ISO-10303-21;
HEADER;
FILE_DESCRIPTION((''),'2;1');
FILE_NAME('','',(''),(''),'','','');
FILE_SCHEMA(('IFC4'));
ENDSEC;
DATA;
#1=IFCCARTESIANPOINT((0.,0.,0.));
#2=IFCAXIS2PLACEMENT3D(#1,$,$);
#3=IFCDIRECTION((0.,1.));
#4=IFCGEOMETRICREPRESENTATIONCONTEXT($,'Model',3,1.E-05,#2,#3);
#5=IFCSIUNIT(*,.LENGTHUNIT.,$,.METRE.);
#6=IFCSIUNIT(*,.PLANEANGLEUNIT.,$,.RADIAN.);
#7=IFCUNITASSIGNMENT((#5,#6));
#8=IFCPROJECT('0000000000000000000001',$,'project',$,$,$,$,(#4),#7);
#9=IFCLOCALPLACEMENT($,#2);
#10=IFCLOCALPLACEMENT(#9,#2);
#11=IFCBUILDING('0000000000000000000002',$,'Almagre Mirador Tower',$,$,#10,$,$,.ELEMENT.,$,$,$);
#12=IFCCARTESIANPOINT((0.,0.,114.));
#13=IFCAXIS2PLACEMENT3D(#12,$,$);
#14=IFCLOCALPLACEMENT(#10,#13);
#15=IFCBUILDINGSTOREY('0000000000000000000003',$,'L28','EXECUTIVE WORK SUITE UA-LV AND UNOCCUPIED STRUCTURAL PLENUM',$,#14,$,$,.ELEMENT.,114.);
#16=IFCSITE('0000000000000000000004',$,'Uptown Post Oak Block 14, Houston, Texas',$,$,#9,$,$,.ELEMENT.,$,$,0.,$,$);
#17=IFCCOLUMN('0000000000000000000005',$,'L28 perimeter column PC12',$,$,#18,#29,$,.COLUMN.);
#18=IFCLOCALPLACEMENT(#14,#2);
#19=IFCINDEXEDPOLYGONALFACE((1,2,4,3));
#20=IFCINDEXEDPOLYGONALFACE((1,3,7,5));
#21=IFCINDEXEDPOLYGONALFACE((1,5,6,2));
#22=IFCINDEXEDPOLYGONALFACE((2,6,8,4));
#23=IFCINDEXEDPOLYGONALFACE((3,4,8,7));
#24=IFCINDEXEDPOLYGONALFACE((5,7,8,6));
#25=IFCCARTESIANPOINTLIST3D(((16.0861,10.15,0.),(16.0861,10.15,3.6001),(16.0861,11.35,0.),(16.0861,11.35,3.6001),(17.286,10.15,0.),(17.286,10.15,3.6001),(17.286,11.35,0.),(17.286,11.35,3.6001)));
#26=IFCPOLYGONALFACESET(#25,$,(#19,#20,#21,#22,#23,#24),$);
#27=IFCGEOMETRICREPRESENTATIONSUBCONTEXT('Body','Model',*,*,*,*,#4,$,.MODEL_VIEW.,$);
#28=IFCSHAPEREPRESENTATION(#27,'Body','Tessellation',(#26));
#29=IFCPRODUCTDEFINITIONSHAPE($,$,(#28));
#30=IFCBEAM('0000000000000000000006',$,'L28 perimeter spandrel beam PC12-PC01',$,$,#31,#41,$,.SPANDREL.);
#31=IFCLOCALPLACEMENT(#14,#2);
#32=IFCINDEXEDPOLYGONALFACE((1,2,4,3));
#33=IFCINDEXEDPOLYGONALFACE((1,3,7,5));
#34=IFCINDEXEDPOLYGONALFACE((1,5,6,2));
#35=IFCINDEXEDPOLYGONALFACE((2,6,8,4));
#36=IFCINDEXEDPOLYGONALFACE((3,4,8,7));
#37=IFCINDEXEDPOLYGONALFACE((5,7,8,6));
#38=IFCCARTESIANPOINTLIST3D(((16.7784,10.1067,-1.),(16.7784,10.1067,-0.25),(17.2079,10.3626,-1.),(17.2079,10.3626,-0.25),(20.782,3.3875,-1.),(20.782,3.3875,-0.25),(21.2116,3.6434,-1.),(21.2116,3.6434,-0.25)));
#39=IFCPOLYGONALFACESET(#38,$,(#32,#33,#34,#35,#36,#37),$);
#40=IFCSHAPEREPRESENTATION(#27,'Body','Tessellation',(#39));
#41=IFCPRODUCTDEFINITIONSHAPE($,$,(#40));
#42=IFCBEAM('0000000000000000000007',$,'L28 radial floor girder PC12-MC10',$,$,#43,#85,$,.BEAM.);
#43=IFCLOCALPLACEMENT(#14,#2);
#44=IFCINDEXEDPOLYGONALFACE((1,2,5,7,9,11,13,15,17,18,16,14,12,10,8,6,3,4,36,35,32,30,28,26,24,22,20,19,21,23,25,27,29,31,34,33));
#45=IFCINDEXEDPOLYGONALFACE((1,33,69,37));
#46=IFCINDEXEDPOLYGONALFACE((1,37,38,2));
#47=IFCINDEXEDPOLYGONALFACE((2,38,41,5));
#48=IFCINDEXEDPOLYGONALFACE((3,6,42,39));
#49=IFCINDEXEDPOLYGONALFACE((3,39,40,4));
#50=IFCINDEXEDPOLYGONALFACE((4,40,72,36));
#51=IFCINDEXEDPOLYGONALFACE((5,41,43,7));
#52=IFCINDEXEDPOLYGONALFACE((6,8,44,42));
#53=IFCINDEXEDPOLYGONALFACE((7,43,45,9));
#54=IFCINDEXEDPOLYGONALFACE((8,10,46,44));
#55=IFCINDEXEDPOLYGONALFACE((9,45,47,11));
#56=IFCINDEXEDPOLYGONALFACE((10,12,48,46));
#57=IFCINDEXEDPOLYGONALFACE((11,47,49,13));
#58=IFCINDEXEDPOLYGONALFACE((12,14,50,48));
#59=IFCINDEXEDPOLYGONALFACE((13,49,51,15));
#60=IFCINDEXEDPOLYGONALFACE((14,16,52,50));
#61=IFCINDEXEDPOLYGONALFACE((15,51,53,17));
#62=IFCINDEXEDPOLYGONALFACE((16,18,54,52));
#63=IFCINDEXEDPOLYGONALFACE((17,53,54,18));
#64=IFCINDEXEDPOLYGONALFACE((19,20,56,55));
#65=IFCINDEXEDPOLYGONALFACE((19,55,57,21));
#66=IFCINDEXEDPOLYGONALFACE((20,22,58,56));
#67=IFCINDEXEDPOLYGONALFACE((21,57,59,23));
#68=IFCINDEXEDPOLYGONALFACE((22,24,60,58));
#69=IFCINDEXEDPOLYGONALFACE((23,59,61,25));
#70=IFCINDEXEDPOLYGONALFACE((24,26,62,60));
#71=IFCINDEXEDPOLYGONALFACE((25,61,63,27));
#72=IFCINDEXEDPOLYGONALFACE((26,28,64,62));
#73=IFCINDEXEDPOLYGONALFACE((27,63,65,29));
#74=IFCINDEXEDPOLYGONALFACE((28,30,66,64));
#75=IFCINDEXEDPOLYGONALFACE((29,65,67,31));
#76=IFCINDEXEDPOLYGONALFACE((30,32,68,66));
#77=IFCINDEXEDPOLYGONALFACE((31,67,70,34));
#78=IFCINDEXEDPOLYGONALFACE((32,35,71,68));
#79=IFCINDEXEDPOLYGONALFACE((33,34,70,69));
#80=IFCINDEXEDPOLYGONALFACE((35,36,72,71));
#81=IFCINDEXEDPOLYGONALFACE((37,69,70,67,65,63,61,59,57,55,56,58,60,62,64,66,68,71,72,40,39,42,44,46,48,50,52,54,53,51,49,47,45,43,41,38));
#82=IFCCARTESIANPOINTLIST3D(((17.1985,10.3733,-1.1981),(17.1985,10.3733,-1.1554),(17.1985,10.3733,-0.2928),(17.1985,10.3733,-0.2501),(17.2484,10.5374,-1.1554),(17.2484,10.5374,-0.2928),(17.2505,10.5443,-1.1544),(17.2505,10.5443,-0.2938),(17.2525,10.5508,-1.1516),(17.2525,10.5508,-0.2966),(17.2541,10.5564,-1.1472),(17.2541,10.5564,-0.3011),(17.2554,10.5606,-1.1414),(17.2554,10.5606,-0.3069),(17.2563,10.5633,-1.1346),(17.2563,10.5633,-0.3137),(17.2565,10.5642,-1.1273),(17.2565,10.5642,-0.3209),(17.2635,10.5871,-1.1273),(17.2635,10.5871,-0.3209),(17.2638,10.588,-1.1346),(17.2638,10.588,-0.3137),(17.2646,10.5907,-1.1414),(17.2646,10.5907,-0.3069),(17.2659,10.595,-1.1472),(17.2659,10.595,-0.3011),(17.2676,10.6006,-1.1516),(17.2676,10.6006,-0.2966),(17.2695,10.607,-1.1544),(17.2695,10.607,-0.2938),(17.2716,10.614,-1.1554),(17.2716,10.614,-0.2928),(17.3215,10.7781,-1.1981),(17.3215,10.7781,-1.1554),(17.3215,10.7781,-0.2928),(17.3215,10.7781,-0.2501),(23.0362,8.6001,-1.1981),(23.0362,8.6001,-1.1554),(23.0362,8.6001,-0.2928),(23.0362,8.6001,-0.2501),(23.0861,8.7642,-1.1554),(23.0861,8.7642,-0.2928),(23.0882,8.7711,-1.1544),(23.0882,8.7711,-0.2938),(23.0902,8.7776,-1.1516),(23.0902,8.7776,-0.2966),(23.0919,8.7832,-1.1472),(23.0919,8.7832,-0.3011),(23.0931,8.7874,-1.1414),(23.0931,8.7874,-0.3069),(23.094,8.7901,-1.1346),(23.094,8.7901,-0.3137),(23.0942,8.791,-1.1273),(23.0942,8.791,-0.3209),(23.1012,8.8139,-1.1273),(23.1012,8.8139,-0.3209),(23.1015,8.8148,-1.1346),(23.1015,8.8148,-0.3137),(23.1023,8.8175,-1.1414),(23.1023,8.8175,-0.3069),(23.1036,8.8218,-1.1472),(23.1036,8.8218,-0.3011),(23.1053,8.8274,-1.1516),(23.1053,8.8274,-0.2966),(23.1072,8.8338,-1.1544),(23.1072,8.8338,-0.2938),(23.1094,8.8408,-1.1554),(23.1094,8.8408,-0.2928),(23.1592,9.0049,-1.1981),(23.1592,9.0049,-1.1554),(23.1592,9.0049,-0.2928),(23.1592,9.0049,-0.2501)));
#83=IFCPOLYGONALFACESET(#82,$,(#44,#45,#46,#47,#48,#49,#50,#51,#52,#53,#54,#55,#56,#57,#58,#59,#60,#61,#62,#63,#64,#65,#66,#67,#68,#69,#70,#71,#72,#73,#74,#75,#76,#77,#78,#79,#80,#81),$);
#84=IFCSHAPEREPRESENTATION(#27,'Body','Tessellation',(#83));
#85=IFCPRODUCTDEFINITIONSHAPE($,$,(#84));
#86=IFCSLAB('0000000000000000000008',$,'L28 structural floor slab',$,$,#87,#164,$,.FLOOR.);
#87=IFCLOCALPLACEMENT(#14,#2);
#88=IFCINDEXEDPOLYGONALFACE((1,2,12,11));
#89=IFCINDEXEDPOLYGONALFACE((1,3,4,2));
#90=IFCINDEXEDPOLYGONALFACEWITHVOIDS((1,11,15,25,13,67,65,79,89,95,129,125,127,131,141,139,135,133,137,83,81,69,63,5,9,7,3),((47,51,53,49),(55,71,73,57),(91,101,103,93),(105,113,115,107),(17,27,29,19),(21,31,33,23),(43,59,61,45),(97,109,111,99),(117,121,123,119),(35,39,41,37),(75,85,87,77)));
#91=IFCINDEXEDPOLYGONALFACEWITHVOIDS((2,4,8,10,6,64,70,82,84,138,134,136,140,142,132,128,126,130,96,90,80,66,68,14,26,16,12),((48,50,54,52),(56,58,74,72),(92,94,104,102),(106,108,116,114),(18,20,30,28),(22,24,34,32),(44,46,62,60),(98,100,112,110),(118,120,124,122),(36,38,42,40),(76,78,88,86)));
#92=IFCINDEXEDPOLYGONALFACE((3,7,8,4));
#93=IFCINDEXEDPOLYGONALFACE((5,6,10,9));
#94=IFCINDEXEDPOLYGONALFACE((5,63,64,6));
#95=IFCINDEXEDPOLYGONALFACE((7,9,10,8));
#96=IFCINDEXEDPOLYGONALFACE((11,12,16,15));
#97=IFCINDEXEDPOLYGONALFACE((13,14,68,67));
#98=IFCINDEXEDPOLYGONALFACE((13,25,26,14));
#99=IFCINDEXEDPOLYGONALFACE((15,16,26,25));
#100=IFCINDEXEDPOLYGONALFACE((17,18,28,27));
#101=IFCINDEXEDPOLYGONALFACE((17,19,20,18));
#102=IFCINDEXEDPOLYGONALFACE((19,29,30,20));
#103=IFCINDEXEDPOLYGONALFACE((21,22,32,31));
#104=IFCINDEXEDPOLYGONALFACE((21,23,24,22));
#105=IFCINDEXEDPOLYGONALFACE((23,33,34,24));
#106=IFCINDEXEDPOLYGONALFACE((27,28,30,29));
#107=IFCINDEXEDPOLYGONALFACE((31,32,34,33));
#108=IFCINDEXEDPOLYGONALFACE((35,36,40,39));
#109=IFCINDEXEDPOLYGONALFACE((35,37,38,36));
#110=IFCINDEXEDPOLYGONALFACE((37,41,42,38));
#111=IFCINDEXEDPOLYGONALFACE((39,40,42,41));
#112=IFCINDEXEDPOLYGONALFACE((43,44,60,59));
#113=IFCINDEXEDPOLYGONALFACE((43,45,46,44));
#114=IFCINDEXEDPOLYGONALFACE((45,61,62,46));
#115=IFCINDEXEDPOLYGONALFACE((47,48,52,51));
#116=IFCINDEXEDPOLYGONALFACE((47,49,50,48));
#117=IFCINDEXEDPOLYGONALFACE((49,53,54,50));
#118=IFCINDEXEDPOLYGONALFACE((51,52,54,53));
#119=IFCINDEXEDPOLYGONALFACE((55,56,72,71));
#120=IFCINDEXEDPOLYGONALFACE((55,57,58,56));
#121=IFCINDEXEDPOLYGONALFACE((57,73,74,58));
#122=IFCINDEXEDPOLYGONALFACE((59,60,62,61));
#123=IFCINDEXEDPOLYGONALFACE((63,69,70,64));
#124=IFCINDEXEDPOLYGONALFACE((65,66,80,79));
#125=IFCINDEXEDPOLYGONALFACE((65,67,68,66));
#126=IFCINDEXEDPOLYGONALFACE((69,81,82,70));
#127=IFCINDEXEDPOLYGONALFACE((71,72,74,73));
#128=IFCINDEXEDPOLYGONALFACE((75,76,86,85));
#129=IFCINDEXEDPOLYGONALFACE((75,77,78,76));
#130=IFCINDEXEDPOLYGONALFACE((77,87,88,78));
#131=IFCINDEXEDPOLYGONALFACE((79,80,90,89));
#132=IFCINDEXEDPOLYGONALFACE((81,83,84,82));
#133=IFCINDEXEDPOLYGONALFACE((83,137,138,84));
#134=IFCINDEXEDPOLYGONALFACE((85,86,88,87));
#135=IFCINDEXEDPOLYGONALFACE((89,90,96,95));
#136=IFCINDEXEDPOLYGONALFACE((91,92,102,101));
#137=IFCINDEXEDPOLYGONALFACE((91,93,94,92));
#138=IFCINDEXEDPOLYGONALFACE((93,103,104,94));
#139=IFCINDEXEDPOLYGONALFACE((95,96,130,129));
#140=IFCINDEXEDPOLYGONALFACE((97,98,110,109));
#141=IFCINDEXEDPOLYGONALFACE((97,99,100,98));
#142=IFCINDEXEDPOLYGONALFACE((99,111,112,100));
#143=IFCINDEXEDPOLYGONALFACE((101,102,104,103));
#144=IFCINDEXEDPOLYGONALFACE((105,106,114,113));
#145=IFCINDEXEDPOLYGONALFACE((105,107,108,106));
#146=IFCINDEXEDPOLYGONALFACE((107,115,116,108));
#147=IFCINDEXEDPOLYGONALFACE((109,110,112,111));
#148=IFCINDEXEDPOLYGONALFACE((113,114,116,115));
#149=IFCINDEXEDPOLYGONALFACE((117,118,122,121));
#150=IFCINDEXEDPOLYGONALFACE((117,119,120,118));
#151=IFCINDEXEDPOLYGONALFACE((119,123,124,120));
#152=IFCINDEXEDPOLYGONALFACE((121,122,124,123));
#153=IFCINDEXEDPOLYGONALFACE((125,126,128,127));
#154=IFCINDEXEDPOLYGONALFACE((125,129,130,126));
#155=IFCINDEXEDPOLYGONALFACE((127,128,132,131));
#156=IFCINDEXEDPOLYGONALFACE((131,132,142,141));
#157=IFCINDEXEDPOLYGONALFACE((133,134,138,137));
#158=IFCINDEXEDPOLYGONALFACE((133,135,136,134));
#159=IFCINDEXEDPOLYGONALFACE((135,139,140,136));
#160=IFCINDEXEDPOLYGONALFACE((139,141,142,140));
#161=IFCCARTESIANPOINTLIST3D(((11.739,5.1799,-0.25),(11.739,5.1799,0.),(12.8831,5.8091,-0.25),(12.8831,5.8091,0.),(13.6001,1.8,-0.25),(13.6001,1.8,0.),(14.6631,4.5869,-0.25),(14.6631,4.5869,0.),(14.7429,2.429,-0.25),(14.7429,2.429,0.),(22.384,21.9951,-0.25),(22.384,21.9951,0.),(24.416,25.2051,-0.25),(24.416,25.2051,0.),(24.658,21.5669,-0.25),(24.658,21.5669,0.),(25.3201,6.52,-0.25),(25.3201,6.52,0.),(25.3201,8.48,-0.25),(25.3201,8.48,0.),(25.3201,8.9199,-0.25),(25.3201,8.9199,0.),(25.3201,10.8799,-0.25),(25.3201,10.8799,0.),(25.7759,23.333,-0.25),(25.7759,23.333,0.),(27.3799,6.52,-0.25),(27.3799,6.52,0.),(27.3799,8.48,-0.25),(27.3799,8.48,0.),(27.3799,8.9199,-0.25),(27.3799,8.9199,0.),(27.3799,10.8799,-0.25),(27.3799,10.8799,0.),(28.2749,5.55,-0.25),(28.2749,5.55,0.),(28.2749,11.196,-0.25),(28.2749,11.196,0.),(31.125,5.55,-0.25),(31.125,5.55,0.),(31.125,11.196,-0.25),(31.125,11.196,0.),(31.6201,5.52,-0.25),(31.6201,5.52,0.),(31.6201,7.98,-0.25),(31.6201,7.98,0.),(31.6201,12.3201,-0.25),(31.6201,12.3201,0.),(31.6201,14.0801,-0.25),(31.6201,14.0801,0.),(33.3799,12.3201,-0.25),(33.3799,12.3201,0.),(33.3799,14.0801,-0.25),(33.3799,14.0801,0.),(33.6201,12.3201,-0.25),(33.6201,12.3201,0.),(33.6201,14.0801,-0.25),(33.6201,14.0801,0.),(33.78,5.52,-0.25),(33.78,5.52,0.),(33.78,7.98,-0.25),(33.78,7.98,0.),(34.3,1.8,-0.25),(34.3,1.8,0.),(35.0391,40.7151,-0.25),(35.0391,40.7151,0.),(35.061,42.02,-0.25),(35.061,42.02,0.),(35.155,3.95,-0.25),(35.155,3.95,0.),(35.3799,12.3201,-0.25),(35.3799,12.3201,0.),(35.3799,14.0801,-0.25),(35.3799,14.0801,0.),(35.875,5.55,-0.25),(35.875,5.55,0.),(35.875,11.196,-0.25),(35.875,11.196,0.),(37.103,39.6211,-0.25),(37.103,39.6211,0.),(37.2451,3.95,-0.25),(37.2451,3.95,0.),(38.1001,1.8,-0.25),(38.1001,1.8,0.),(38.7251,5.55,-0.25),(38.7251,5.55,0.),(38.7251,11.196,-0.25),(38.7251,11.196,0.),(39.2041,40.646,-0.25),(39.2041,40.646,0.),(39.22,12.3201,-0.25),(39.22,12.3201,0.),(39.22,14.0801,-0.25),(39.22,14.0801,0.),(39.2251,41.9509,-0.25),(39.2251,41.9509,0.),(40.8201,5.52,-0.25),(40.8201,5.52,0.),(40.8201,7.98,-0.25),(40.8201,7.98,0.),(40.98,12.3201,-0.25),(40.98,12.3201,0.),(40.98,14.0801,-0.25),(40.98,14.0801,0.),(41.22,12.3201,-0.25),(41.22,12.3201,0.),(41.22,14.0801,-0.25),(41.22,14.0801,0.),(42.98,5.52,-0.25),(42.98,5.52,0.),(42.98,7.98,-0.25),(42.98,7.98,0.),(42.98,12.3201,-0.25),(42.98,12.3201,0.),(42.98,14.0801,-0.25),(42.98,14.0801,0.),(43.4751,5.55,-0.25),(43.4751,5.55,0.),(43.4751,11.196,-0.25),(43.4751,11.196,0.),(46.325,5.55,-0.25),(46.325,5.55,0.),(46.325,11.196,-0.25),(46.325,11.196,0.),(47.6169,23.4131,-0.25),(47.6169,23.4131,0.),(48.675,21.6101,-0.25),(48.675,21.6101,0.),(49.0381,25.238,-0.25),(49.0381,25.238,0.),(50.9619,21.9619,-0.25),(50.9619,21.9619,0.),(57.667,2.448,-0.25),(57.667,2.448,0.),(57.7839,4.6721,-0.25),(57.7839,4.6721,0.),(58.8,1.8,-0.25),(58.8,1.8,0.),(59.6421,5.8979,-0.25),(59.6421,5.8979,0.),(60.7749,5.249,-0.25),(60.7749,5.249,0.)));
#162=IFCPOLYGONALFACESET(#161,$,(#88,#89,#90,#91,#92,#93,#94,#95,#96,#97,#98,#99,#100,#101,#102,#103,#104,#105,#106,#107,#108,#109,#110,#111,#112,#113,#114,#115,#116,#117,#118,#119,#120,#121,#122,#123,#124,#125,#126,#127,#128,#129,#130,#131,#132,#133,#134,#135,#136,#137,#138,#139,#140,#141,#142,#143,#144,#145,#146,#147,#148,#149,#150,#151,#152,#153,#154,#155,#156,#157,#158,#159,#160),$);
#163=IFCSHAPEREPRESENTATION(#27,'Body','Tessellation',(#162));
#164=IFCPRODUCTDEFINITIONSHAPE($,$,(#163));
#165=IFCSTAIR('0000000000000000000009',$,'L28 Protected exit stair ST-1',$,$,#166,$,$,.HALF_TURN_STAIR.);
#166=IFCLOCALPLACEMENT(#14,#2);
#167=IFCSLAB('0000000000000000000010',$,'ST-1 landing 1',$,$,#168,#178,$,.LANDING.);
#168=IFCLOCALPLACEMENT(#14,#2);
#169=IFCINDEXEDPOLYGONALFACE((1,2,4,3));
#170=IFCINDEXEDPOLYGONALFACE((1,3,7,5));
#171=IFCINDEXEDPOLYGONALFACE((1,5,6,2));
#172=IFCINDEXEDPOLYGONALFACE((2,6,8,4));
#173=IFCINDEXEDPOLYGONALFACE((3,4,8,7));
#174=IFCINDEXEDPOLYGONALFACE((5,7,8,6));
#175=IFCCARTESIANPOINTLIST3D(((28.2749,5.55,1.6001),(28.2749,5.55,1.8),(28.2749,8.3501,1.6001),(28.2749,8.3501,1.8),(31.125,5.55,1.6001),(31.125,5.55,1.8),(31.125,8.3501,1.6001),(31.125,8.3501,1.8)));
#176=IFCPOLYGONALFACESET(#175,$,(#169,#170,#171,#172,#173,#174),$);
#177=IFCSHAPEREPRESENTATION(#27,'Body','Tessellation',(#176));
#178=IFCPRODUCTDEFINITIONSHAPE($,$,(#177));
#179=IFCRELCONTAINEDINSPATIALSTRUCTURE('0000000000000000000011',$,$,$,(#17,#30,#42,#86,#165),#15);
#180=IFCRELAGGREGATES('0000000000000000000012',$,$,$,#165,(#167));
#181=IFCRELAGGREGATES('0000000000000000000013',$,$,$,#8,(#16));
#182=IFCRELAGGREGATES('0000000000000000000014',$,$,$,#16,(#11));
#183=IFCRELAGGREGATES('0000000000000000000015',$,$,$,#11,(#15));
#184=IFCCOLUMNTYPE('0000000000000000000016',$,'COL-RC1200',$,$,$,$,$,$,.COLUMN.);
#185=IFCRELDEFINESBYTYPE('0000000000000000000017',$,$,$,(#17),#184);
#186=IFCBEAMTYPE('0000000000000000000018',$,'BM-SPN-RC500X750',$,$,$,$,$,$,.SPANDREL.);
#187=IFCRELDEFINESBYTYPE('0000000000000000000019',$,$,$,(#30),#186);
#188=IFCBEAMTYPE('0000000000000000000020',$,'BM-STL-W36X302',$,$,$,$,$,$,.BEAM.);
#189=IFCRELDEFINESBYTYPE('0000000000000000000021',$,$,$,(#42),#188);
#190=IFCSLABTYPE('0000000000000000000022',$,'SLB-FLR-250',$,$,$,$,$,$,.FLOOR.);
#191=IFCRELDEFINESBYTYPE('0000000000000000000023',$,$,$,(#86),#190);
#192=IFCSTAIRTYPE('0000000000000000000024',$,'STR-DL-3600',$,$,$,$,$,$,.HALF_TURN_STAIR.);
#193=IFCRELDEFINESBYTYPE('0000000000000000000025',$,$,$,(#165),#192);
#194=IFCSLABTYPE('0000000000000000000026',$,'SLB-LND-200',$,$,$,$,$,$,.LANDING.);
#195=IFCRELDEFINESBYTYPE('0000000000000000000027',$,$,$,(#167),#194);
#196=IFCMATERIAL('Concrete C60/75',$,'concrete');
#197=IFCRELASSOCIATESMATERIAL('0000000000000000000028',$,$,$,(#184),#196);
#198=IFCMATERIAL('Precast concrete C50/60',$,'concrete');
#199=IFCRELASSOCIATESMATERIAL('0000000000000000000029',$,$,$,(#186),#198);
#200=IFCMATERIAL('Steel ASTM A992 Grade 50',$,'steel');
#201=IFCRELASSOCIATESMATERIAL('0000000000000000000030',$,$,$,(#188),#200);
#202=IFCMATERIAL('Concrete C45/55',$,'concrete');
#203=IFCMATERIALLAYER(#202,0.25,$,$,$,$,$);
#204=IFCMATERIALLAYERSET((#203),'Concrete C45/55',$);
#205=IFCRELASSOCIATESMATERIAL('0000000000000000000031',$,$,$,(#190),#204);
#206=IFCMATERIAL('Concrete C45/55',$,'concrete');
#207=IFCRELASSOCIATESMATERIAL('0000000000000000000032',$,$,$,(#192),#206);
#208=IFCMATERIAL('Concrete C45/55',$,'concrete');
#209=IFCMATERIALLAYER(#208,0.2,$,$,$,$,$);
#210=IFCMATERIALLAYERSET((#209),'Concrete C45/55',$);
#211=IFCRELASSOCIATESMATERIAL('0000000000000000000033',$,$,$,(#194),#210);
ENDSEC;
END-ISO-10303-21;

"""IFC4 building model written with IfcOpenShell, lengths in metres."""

from ifc_helpers import new_model, si_unit, direction, frame, origin, origin_2d, place, context, subcontext, project, spatial, polyline, rectangle, i_section, outline, extrude, material, layer, layer_set, material_profile, profile_set, type_object, element, aggregate, save


model = new_model("IFC4")

# Units and contexts
model_context = context("Model", 3, precision=1e-05, world=origin(), true_north=direction((0.0, 1.0)))
body_context = subcontext(model_context, "Body", "Model", "MODEL_VIEW")
ifc_project = project(units=[si_unit("LENGTHUNIT", "METRE"), si_unit("PLANEANGLEUNIT", "RADIAN")], contexts=[model_context])

# Site, building, storey
site_placement = place(None, origin())
site = spatial("IfcSite", under=ifc_project, at=site_placement, Name="Uptown Post Oak Block 14, Houston, Texas", CompositionType="ELEMENT", RefElevation=0.0)
building_placement = place(site_placement, origin())
building = spatial("IfcBuilding", under=site, at=building_placement, Name="Almagre Mirador Tower", CompositionType="ELEMENT")
storey_placement = place(building_placement, frame((0.0, 0.0, 114.0)))
storey = spatial("IfcBuildingStorey", under=building, at=storey_placement, Name="L28", Description="EXECUTIVE WORK SUITE UA-LV AND UNOCCUPIED STRUCTURAL PLENUM", CompositionType="ELEMENT", Elevation=114.0)

# Column
ifc_material_1 = material(Name="Concrete C60/75", Category="concrete")
ifc_material_profile_1 = material_profile(ifc_material_1, rectangle(XDim=1.2, YDim=1.2, at=origin_2d()), Name="RC1200X1200")
ifc_profile_set_1 = profile_set([ifc_material_profile_1], Name="Concrete C60/75")
column_type = type_object("IfcColumnType", Name="COL-RC1200", PredefinedType="COLUMN", material=ifc_profile_set_1)
column_placement = place(storey_placement, frame((16.686, 10.75, 0.0), z_axis=(0.0, 0.0, 1.0), x_axis=(1.0, 0.0, 0.0)))
element("IfcColumn", 1, at=column_placement, inside=storey, type_object=column_type, Name="L28 perimeter column PC12", PredefinedType="COLUMN", context=body_context, shape_type="SweptSolid", body=[
    extrude(rectangle(XDim=1.2, YDim=1.2, at=origin_2d()), origin(), (0.0, 0.0, 1.0), 3.6001),
])

# Beams
ifc_material_2 = material(Name="Precast concrete C50/60", Category="concrete")
ifc_material_profile_2 = material_profile(ifc_material_2, rectangle(XDim=0.5, YDim=0.75, at=origin_2d()), Name="RC500X750")
ifc_profile_set_2 = profile_set([ifc_material_profile_2], Name="Precast concrete C50/60")
beam_type_1 = type_object("IfcBeamType", Name="BM-SPN-RC500X750", PredefinedType="SPANDREL", material=ifc_profile_set_2)
beam_1_placement = place(storey_placement, frame((16.9932, 10.2346, -0.625), z_axis=(0.511872, -0.859062, 0.0), x_axis=(0.859062, 0.511872, 0.0)))
element("IfcBeam", 2, at=beam_1_placement, inside=storey, type_object=beam_type_1, Name="L28 perimeter spandrel beam PC12-PC01", PredefinedType="SPANDREL", context=body_context, shape_type="SweptSolid", body=[
    extrude(rectangle(XDim=0.5, YDim=0.75, at=origin_2d()), origin(), (0.0, 0.0, 1.0), 7.8215),
])
ifc_material_3 = material(Name="Steel ASTM A992 Grade 50", Category="steel")
ifc_material_profile_3 = material_profile(ifc_material_3, i_section(OverallWidth=0.4231, OverallDepth=0.948, WebThickness=0.0239, FlangeThickness=0.0427, FilletRadius=0.0281, at=origin_2d()), Name="W36X302")
ifc_profile_set_3 = profile_set([ifc_material_profile_3], Name="Steel ASTM A992 Grade 50")
beam_type_2 = type_object("IfcBeamType", Name="BM-STL-W36X302", PredefinedType="BEAM", material=ifc_profile_set_3)
beam_2_placement = place(storey_placement, frame((17.26, 10.5757, -0.7241), z_axis=(0.956833, -0.290639, 0.0), x_axis=(0.290639, 0.956833, 0.0)))
element("IfcBeam", 3, at=beam_2_placement, inside=storey, type_object=beam_type_2, Name="L28 radial floor girder PC12-MC10", PredefinedType="BEAM", context=body_context, shape_type="SweptSolid", body=[
    extrude(i_section(OverallWidth=0.4231, OverallDepth=0.948, WebThickness=0.0239, FlangeThickness=0.0427, FilletRadius=0.0281, at=origin_2d()), origin(), (0.0, 0.0, 1.0), 6.1011),
])

# Slab
ifc_material_4 = material(Name="Concrete C45/55", Category="concrete")
ifc_layer_1 = layer(ifc_material_4, 0.25)
ifc_layer_set_1 = layer_set([ifc_layer_1], Name="Concrete C45/55")
slab_type_1 = type_object("IfcSlabType", Name="SLB-FLR-250", PredefinedType="FLOOR", material=ifc_layer_set_1)
slab_1_placement = place(storey_placement, frame((0.0, 0.0, -0.25)))
element("IfcSlab", 4, at=slab_1_placement, inside=storey, type_object=slab_type_1, Name="L28 structural floor slab", PredefinedType="FLOOR", context=body_context, shape_type="SweptSolid", body=[
    extrude(outline(polyline([(11.739, 5.1799), (12.8831, 5.8091), (14.6631, 4.5869), (14.7429, 2.429), (13.6001, 1.8), (34.3, 1.8), (35.155, 3.95), (37.2451, 3.95), (38.1001, 1.8), (58.8, 1.8), (57.667, 2.448), (57.7839, 4.6721), (59.6421, 5.8979), (60.7749, 5.249), (50.9619, 21.9619), (48.675, 21.6101), (47.6169, 23.4131), (49.0381, 25.238), (39.2251, 41.9509), (39.2041, 40.646), (37.103, 39.6211), (35.0391, 40.7151), (35.061, 42.02), (24.416, 25.2051), (25.7759, 23.333), (24.658, 21.5669), (22.384, 21.9951), (11.739, 5.1799)]), holes=[polyline([(43.4751, 5.55), (43.4751, 11.196), (46.325, 11.196), (46.325, 5.55), (43.4751, 5.55)]), polyline([(40.8201, 5.52), (40.8201, 7.98), (42.98, 7.98), (42.98, 5.52), (40.8201, 5.52)]), polyline([(41.22, 12.3201), (41.22, 14.0801), (42.98, 14.0801), (42.98, 12.3201), (41.22, 12.3201)]), polyline([(39.22, 12.3201), (39.22, 14.0801), (40.98, 14.0801), (40.98, 12.3201), (39.22, 12.3201)]), polyline([(35.875, 11.196), (38.7251, 11.196), (38.7251, 5.55), (35.875, 5.55), (35.875, 11.196)]), polyline([(35.3799, 12.3201), (33.6201, 12.3201), (33.6201, 14.0801), (35.3799, 14.0801), (35.3799, 12.3201)]), polyline([(33.78, 5.52), (31.6201, 5.52), (31.6201, 7.98), (33.78, 7.98), (33.78, 5.52)]), polyline([(31.6201, 12.3201), (31.6201, 14.0801), (33.3799, 14.0801), (33.3799, 12.3201), (31.6201, 12.3201)]), polyline([(28.2749, 5.55), (28.2749, 11.196), (31.125, 11.196), (31.125, 5.55), (28.2749, 5.55)]), polyline([(25.3201, 8.9199), (25.3201, 10.8799), (27.3799, 10.8799), (27.3799, 8.9199), (25.3201, 8.9199)]), polyline([(27.3799, 6.52), (25.3201, 6.52), (25.3201, 8.48), (27.3799, 8.48), (27.3799, 6.52)])]), origin(), (0.0, 0.0, 1.0), 0.25),
])

# Stair, slab
ifc_material_5 = material(Name="Concrete C45/55", Category="concrete")
stair_type = type_object("IfcStairType", Name="STR-DL-3600", PredefinedType="HALF_TURN_STAIR", material=ifc_material_5)
stair_1_placement = place(storey_placement, origin())
stair_1 = element("IfcStair", 5, at=stair_1_placement, inside=storey, type_object=stair_type, Name="L28 Protected exit stair ST-1", PredefinedType="HALF_TURN_STAIR")
ifc_material_6 = material(Name="Concrete C45/55", Category="concrete")
ifc_layer_2 = layer(ifc_material_6, 0.2)
ifc_layer_set_2 = layer_set([ifc_layer_2], Name="Concrete C45/55")
slab_type_2 = type_object("IfcSlabType", Name="SLB-LND-200", PredefinedType="LANDING", material=ifc_layer_set_2)
slab_2_placement = place(storey_placement, frame((0.0, 0.0, 1.6001)))
slab_2 = element("IfcSlab", 6, at=slab_2_placement, type_object=slab_type_2, Name="ST-1 landing 1", PredefinedType="LANDING", context=body_context, shape_type="SweptSolid", body=[
    extrude(outline(polyline([(28.2749, 8.3501), (28.2749, 5.55), (31.125, 5.55), (31.125, 8.3501), (28.2749, 8.3501)])), origin(), (0.0, 0.0, 1.0), 0.2),
])
aggregate(stair_1, [slab_2])

save(model, "model.ifc")
